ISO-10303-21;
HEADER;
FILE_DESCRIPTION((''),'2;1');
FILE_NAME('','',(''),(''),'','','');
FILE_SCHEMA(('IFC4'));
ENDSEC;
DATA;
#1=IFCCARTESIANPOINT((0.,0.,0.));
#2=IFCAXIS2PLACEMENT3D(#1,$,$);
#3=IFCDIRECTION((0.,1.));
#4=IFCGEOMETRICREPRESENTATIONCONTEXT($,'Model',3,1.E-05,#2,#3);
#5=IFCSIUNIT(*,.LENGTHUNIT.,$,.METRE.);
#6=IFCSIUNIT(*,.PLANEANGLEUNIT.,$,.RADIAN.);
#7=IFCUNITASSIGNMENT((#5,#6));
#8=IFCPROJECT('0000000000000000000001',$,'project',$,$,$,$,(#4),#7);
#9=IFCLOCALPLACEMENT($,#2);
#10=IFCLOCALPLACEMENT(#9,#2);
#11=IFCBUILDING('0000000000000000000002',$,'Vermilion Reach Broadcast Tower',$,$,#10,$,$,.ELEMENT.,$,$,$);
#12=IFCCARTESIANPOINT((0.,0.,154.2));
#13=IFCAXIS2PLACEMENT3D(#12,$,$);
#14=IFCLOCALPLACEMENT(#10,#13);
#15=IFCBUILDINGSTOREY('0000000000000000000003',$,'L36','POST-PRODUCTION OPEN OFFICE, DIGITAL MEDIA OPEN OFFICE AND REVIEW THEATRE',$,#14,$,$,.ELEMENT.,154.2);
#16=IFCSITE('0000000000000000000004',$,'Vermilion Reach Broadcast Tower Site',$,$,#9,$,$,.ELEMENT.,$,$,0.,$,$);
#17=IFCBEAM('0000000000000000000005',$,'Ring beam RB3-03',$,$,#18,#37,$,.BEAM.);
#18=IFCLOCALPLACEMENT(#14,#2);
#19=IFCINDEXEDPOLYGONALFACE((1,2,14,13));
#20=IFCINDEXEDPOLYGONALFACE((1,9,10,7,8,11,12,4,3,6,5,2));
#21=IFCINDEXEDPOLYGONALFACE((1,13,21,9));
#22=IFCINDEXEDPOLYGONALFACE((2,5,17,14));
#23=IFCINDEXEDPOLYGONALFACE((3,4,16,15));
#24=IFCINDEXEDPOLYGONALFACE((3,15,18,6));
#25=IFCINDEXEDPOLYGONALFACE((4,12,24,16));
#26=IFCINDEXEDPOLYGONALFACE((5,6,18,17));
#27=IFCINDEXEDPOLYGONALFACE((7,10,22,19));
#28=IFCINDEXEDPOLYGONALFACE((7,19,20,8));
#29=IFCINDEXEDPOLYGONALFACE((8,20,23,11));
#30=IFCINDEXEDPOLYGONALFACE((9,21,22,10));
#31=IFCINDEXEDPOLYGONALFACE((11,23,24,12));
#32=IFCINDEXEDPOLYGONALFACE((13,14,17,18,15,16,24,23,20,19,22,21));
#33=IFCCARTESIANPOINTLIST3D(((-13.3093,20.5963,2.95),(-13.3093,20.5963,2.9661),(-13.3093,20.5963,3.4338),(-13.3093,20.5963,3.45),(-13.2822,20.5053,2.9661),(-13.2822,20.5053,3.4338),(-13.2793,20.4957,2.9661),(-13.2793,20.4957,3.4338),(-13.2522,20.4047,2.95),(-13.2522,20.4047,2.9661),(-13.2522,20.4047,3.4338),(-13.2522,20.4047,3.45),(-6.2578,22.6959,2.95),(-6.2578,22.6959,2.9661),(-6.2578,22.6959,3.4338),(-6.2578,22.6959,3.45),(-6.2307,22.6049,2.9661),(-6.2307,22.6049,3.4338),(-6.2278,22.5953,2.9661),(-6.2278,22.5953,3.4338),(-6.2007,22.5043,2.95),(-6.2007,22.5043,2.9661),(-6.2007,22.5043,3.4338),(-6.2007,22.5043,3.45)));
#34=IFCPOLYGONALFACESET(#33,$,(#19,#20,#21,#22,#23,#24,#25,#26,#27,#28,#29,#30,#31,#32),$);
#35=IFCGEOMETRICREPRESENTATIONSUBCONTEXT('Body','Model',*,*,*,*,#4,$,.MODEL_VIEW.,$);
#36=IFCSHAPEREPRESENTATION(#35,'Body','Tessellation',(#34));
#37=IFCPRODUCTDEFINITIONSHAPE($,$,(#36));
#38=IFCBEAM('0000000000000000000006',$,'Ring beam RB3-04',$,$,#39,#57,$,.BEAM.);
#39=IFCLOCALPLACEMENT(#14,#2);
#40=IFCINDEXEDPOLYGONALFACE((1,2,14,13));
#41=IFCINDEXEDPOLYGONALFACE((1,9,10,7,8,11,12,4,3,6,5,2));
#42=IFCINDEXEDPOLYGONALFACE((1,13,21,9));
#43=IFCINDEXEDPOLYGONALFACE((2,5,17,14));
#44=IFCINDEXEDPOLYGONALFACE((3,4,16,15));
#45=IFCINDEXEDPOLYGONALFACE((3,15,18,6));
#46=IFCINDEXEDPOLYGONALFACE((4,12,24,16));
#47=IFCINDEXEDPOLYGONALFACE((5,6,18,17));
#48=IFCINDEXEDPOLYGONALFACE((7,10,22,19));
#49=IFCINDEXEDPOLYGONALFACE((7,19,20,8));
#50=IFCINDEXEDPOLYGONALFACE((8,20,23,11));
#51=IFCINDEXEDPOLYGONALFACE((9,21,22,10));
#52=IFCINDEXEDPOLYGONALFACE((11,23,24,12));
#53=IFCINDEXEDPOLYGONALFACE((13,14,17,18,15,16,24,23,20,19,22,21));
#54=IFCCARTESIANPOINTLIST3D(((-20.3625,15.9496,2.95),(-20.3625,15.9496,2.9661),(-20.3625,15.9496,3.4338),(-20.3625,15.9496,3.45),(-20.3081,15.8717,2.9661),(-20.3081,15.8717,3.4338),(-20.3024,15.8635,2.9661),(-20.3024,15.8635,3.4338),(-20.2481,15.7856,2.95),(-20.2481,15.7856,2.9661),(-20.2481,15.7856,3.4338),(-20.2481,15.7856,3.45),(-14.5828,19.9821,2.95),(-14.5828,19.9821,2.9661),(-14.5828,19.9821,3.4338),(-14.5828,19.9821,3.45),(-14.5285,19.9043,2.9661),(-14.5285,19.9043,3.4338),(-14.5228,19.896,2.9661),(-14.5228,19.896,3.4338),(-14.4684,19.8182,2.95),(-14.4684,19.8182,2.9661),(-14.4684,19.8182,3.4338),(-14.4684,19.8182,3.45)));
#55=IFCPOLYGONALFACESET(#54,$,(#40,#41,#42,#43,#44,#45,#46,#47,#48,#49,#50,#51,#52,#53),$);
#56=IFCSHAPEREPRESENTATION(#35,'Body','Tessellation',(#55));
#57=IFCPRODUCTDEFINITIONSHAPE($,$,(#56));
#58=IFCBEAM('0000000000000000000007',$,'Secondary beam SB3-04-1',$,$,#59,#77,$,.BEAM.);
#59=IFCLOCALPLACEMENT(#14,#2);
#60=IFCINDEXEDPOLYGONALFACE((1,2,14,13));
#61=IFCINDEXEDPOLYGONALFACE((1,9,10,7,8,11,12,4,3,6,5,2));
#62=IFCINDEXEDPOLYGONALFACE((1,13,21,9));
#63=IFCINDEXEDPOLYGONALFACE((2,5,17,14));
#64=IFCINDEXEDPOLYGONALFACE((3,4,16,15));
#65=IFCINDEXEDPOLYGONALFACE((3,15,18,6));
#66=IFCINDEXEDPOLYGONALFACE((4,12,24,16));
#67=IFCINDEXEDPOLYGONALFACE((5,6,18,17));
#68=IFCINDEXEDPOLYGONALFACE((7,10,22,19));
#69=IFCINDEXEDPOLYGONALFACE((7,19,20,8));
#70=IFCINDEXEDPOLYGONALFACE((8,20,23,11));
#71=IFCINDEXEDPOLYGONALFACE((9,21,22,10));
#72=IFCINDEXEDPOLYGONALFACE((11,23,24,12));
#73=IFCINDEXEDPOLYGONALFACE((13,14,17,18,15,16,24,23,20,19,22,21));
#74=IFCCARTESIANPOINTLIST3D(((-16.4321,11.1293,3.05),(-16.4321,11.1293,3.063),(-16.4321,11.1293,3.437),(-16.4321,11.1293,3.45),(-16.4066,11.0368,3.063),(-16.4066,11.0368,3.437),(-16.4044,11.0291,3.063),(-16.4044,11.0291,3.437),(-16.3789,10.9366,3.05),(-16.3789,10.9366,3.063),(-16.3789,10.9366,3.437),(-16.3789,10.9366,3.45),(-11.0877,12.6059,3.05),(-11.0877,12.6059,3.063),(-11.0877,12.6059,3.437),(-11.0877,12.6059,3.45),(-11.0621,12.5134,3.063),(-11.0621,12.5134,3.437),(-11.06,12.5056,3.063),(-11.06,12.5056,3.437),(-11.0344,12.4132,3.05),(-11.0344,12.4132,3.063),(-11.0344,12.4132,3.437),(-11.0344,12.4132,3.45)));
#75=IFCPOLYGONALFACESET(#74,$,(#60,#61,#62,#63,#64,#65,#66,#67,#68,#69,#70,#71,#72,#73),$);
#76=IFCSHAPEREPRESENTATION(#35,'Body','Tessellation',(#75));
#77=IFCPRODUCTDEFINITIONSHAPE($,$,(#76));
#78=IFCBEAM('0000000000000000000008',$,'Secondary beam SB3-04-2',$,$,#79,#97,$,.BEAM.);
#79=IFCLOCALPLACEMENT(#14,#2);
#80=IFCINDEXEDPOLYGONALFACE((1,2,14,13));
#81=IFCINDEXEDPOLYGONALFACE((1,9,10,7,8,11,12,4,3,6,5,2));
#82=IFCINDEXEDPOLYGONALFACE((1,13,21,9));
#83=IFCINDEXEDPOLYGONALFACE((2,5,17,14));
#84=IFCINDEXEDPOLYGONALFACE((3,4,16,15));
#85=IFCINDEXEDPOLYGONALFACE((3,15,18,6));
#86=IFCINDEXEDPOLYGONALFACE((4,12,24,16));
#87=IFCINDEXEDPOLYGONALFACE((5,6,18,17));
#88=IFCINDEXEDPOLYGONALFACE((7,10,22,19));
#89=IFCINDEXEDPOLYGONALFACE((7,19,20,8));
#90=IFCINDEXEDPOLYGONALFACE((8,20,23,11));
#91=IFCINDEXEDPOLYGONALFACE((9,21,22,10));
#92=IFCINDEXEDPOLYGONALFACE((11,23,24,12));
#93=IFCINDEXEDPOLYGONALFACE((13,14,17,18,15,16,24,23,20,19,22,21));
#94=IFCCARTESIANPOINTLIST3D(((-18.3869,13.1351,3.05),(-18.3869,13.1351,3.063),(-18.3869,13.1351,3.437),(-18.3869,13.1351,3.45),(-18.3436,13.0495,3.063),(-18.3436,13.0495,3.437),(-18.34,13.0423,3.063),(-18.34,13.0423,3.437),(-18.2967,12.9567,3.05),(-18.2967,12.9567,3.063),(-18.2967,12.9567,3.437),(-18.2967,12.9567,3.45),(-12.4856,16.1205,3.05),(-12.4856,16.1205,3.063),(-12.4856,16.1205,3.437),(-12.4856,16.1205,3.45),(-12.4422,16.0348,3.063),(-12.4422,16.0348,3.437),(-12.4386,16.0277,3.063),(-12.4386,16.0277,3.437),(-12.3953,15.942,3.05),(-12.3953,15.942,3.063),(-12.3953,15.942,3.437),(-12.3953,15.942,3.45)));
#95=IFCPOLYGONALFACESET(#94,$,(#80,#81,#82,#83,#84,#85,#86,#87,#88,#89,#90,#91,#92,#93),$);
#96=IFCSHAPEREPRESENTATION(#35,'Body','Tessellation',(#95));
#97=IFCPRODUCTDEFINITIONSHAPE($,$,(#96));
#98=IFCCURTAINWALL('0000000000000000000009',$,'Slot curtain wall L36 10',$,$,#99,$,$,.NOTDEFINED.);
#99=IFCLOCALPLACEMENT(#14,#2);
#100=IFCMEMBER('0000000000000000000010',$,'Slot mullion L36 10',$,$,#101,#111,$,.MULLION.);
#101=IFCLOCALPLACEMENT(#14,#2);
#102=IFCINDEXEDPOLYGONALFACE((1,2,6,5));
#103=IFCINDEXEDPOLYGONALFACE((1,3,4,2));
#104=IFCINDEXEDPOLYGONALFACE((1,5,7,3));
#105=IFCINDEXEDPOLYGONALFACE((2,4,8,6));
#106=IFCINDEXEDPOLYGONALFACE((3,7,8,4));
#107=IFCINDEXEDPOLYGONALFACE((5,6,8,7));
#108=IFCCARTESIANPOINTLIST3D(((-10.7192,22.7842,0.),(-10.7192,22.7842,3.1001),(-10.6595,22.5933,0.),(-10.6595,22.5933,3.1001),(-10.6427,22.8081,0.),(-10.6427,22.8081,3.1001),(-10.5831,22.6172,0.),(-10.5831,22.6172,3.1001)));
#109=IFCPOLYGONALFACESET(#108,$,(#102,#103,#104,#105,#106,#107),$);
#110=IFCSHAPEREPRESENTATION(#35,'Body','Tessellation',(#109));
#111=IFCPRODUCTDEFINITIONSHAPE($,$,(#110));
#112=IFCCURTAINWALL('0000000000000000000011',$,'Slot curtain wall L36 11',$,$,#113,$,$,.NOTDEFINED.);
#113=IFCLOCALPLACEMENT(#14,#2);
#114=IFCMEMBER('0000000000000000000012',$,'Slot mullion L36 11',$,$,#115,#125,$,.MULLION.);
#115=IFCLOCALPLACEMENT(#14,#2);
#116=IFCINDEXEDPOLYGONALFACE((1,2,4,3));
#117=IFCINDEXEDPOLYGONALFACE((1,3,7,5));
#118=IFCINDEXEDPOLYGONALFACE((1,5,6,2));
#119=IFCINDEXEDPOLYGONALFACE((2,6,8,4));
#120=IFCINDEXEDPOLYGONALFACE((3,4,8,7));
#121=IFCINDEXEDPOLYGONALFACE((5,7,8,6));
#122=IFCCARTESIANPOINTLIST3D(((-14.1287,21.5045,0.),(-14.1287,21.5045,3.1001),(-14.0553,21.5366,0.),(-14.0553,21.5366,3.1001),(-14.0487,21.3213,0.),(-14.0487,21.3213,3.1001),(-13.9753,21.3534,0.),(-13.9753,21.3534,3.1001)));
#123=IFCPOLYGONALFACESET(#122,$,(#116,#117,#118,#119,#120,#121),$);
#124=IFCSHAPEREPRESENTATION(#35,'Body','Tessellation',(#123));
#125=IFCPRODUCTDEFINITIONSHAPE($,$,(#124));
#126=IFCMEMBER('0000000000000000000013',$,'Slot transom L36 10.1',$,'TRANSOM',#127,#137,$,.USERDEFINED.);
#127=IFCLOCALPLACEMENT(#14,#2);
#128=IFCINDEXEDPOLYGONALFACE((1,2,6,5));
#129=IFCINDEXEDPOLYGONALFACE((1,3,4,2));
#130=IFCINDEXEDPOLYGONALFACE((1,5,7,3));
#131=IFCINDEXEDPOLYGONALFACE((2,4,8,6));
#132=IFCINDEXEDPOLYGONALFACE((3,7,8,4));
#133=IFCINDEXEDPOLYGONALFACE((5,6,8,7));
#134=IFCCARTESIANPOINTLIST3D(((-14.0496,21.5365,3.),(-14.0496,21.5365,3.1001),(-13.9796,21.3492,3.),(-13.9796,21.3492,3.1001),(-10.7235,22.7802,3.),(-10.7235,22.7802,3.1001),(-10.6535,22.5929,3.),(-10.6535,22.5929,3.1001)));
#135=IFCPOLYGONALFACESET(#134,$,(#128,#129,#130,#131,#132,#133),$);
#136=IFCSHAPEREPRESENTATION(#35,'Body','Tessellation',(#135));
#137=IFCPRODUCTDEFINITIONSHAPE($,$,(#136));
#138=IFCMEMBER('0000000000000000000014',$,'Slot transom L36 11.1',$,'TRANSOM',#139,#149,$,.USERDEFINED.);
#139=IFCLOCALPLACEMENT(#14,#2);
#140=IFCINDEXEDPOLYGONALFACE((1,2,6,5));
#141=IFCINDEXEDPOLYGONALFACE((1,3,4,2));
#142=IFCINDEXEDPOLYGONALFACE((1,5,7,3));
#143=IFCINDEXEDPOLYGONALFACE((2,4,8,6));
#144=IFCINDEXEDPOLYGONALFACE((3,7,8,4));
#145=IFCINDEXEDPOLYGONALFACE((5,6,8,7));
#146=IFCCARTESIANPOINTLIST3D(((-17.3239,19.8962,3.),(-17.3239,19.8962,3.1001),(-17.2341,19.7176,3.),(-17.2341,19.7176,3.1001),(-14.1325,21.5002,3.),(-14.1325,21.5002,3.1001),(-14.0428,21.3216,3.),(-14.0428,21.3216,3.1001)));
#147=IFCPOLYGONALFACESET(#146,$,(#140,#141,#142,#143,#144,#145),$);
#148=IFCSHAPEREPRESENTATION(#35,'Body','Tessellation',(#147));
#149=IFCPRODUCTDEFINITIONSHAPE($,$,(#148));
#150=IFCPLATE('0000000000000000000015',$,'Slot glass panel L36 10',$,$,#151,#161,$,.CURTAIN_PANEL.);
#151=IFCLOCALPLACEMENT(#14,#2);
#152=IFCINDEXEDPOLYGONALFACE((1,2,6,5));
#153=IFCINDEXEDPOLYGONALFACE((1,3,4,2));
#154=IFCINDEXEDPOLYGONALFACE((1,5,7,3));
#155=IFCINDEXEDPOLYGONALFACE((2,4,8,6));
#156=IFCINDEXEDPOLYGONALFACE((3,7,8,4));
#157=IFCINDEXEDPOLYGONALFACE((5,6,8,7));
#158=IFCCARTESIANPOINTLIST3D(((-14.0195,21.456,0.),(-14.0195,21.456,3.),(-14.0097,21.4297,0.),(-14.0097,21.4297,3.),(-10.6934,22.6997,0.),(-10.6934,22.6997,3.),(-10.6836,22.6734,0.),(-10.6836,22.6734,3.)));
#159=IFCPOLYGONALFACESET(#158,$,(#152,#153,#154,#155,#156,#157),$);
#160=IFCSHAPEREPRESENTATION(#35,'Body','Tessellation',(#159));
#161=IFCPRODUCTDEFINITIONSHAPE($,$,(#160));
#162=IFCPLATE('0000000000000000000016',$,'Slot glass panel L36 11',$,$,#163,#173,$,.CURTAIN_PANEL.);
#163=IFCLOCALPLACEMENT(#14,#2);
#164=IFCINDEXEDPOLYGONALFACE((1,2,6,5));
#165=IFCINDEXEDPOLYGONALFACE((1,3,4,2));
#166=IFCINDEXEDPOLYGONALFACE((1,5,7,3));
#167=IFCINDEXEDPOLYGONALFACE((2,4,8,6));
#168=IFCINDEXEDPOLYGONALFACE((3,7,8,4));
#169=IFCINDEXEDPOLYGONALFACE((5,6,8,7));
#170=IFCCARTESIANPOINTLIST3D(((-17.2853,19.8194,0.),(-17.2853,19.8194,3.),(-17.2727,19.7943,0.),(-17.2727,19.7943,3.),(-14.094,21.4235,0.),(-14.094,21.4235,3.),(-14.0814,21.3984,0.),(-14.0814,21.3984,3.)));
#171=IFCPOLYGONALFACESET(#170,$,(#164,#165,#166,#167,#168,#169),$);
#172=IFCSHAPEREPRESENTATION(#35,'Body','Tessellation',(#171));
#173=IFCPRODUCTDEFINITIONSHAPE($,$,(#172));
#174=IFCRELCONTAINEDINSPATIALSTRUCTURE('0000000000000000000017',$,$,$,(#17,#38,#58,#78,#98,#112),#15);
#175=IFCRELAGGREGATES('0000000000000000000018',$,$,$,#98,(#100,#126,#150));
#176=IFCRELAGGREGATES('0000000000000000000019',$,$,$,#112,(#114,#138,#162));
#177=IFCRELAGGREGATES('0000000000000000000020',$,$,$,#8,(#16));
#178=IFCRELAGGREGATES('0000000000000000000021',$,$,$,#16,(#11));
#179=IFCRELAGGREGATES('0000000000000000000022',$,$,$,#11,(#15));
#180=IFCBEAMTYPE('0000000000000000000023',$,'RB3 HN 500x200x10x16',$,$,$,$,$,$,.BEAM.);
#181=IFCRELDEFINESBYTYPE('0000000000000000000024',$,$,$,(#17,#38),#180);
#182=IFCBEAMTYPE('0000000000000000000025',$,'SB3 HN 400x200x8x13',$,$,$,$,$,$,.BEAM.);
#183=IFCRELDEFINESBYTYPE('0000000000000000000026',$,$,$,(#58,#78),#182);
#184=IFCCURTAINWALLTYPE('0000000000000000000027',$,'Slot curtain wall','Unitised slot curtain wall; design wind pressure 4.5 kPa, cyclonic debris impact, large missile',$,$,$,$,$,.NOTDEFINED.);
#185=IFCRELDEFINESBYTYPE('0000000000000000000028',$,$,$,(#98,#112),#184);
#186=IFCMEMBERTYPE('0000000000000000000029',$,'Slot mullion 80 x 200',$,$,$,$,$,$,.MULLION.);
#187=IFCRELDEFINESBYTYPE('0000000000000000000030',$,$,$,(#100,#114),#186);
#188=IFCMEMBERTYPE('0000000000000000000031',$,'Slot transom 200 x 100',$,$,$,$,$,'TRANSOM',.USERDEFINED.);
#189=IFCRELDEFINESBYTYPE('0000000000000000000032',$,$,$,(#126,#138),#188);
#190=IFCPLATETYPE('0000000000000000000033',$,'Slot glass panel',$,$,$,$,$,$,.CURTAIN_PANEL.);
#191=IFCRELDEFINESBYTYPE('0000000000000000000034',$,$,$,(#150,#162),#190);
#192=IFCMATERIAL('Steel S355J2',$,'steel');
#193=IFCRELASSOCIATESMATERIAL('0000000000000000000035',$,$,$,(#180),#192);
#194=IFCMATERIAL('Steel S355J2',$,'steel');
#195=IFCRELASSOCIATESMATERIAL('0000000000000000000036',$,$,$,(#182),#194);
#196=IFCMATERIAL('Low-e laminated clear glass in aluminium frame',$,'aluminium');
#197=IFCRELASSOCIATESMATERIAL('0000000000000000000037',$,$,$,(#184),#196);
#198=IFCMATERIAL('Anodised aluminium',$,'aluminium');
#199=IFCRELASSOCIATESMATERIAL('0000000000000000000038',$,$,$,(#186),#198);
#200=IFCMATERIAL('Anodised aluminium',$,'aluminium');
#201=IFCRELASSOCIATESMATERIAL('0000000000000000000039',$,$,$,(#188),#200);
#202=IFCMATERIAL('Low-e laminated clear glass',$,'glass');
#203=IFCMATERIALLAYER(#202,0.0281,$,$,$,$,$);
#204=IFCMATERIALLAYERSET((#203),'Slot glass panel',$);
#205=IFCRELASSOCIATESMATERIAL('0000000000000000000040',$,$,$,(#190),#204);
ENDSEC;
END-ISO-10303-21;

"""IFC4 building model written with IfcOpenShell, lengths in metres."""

from ifc_helpers import new_model, si_unit, direction, frame, origin, origin_2d, place, context, subcontext, project, spatial, rectangle, i_section, extrude, material, layer, layer_set, material_profile, profile_set, type_object, element, aggregate, save


model = new_model("IFC4")

# Units and contexts
model_context = context("Model", 3, precision=1e-05, world=origin(), true_north=direction((0.0, 1.0)))
body_context = subcontext(model_context, "Body", "Model", "MODEL_VIEW")
ifc_project = project(units=[si_unit("LENGTHUNIT", "METRE"), si_unit("PLANEANGLEUNIT", "RADIAN")], contexts=[model_context])

# Site, building, storey
site_placement = place(None, origin())
site = spatial("IfcSite", under=ifc_project, at=site_placement, Name="Vermilion Reach Broadcast Tower Site", CompositionType="ELEMENT", RefElevation=0.0)
building_placement = place(site_placement, origin())
building = spatial("IfcBuilding", under=site, at=building_placement, Name="Vermilion Reach Broadcast Tower", CompositionType="ELEMENT")
storey_placement = place(building_placement, frame((0.0, 0.0, 154.2)))
storey = spatial("IfcBuildingStorey", under=building, at=storey_placement, Name="L36", Description="POST-PRODUCTION OPEN OFFICE, DIGITAL MEDIA OPEN OFFICE AND REVIEW THEATRE", CompositionType="ELEMENT", Elevation=154.2)

# Beams
ifc_material_1 = material(Name="Steel S355J2", Category="steel")
ifc_material_profile_1 = material_profile(ifc_material_1, i_section(OverallWidth=0.2, OverallDepth=0.5, WebThickness=0.01, FlangeThickness=0.0161, at=origin_2d()), Name="S355J2 HN 500x200x10x16")
ifc_profile_set_1 = profile_set([ifc_material_profile_1], Name="Steel S355J2")
beam_type_1 = type_object("IfcBeamType", Name="RB3 HN 500x200x10x16", PredefinedType="BEAM", material=ifc_profile_set_1)
beam_1_placement = place(storey_placement, frame((-6.2292, 22.6001, 3.2), z_axis=(-0.958417, -0.285372, 0.0), x_axis=(0.285372, -0.958417, 0.0)))
element("IfcBeam", 1, at=beam_1_placement, inside=storey, type_object=beam_type_1, Name="Ring beam RB3-03", PredefinedType="BEAM", context=body_context, shape_type="SweptSolid", body=[
    extrude(i_section(OverallWidth=0.2, OverallDepth=0.5, WebThickness=0.01, FlangeThickness=0.0161, at=origin_2d()), origin(), (0.0, 0.0, 1.0), 7.3574),
])
beam_2_placement = place(storey_placement, frame((-14.5256, 19.9001, 3.2), z_axis=(-0.820111, -0.572204, 0.0), x_axis=(0.572204, -0.820111, 0.0)))
element("IfcBeam", 2, at=beam_2_placement, inside=storey, type_object=beam_type_1, Name="Ring beam RB3-04", PredefinedType="BEAM", context=body_context, shape_type="SweptSolid", body=[
    extrude(i_section(OverallWidth=0.2, OverallDepth=0.5, WebThickness=0.01, FlangeThickness=0.0161, at=origin_2d()), origin(), (0.0, 0.0, 1.0), 7.0474),
])
ifc_material_2 = material(Name="Steel S355J2", Category="steel")
ifc_material_profile_2 = material_profile(ifc_material_2, i_section(OverallWidth=0.2, OverallDepth=0.3999, WebThickness=0.0081, FlangeThickness=0.0129, at=origin_2d()), Name="S355J2 HN 400x200x8x13")
ifc_profile_set_2 = profile_set([ifc_material_profile_2], Name="Steel S355J2")
beam_type_2 = type_object("IfcBeamType", Name="SB3 HN 400x200x8x13", PredefinedType="BEAM", material=ifc_profile_set_2)
beam_3_placement = place(storey_placement, frame((-11.061, 12.5095, 3.25), z_axis=(-0.96389, -0.266301, 0.0), x_axis=(0.266301, -0.96389, 0.0)))
element("IfcBeam", 3, at=beam_3_placement, inside=storey, type_object=beam_type_2, Name="Secondary beam SB3-04-1", PredefinedType="BEAM", context=body_context, shape_type="SweptSolid", body=[
    extrude(i_section(OverallWidth=0.2, OverallDepth=0.3999, WebThickness=0.0081, FlangeThickness=0.0129, at=origin_2d()), origin(), (0.0, 0.0, 1.0), 5.5447),
])
beam_4_placement = place(storey_placement, frame((-12.4404, 16.0312, 3.25), z_axis=(-0.892321, -0.451402, 0.0), x_axis=(0.451402, -0.892321, 0.0)))
element("IfcBeam", 4, at=beam_4_placement, inside=storey, type_object=beam_type_2, Name="Secondary beam SB3-04-2", PredefinedType="BEAM", context=body_context, shape_type="SweptSolid", body=[
    extrude(i_section(OverallWidth=0.2, OverallDepth=0.3999, WebThickness=0.0081, FlangeThickness=0.0129, at=origin_2d()), origin(), (0.0, 0.0, 1.0), 6.6135),
])

# Curtain walls, members
ifc_material_3 = material(Name="Low-e laminated clear glass in aluminium frame", Category="aluminium")
curtain_wall_type = type_object("IfcCurtainWallType", Name="Slot curtain wall", Description="Unitised slot curtain wall; design wind pressure 4.5 kPa, cyclonic debris impact, large missile", PredefinedType="NOTDEFINED", material=ifc_material_3)
placement = place(storey_placement, origin())
curtain_wall_1 = element("IfcCurtainWall", 5, at=placement, inside=storey, type_object=curtain_wall_type, Name="Slot curtain wall L36 10", PredefinedType="NOTDEFINED")
ifc_material_4 = material(Name="Anodised aluminium", Category="aluminium")
ifc_material_profile_3 = material_profile(ifc_material_4, rectangle(XDim=0.2, YDim=0.0801, at=origin_2d()), Name="Slot mullion 80 x 200")
ifc_profile_set_3 = profile_set([ifc_material_profile_3], Name="Anodised aluminium")
member_type_1 = type_object("IfcMemberType", Name="Slot mullion 80 x 200", PredefinedType="MULLION", material=ifc_profile_set_3)
member_1_placement = place(storey_placement, frame((-10.6511, 22.7007, 0.0), z_axis=(0.0, 0.0, 1.0), x_axis=(0.298358, -0.954454, 0.0)))
member_1 = element("IfcMember", 6, at=member_1_placement, type_object=member_type_1, Name="Slot mullion L36 10", PredefinedType="MULLION", context=body_context, shape_type="SweptSolid", body=[
    extrude(rectangle(XDim=0.2, YDim=0.0801, at=origin_2d()), origin(), (0.0, 0.0, 1.0), 3.1001),
])
curtain_wall_2 = element("IfcCurtainWall", 7, at=placement, inside=storey, type_object=curtain_wall_type, Name="Slot curtain wall L36 11", PredefinedType="NOTDEFINED")
member_2_placement = place(storey_placement, frame((-14.052, 21.429, 0.0), z_axis=(0.0, 0.0, 1.0), x_axis=(0.400254, -0.916404, 0.0)))
member_2 = element("IfcMember", 8, at=member_2_placement, type_object=member_type_1, Name="Slot mullion L36 11", PredefinedType="MULLION", context=body_context, shape_type="SweptSolid", body=[
    extrude(rectangle(XDim=0.2, YDim=0.0801, at=origin_2d()), origin(), (0.0, 0.0, 1.0), 3.1001),
])

# Members
ifc_material_5 = material(Name="Anodised aluminium", Category="aluminium")
ifc_material_profile_4 = material_profile(ifc_material_5, rectangle(XDim=0.2, YDim=0.1001, at=origin_2d()), Name="Slot transom 200 x 100")
ifc_profile_set_4 = profile_set([ifc_material_profile_4], Name="Anodised aluminium")
member_type_2 = type_object("IfcMemberType", Name="Slot transom 200 x 100", ElementType="TRANSOM", PredefinedType="USERDEFINED", material=ifc_profile_set_4)
member_3_placement = place(storey_placement, frame((-10.6885, 22.6865, 3.05), z_axis=(-0.936668, -0.350219, 0.0), x_axis=(0.350219, -0.936668, 0.0)))
member_3 = element("IfcMember", 9, at=member_3_placement, type_object=member_type_2, Name="Slot transom L36 10.1", ObjectType="TRANSOM", PredefinedType="USERDEFINED", context=body_context, shape_type="SweptSolid", body=[
    extrude(rectangle(XDim=0.2, YDim=0.1001, at=origin_2d()), origin(), (0.0, 0.0, 1.0), 3.551),
])
member_4_placement = place(storey_placement, frame((-14.0876, 21.4109, 3.05), z_axis=(-0.893496, -0.449072, 0.0), x_axis=(0.449072, -0.893496, 0.0)))
member_4 = element("IfcMember", 10, at=member_4_placement, type_object=member_type_2, Name="Slot transom L36 11.1", ObjectType="TRANSOM", PredefinedType="USERDEFINED", context=body_context, shape_type="SweptSolid", body=[
    extrude(rectangle(XDim=0.2, YDim=0.1001, at=origin_2d()), origin(), (0.0, 0.0, 1.0), 3.5718),
])

# Plates
ifc_material_6 = material(Name="Low-e laminated clear glass", Category="glass")
ifc_layer_1 = layer(ifc_material_6, 0.0281)
ifc_layer_set_1 = layer_set([ifc_layer_1], Name="Slot glass panel")
plate_type = type_object("IfcPlateType", Name="Slot glass panel", PredefinedType="CURTAIN_PANEL", material=ifc_layer_set_1)
plate_1_placement = place(storey_placement, frame((-12.3516, 22.0647, 0.0), z_axis=(0.0, 0.0, 1.0), x_axis=(-0.936657, -0.350248, 0.0)))
plate_1 = element("IfcPlate", 11, at=plate_1_placement, type_object=plate_type, Name="Slot glass panel L36 10", PredefinedType="CURTAIN_PANEL", context=body_context, shape_type="SweptSolid", body=[
    extrude(rectangle(XDim=3.551, YDim=0.0281, at=origin_2d()), origin(), (0.0, 0.0, 1.0), 3.0),
])
aggregate(curtain_wall_1, [member_1, member_3, plate_1])
plate_2_placement = place(storey_placement, frame((-15.6833, 20.6089, 0.0), z_axis=(0.0, 0.0, 1.0), x_axis=(-0.893484, -0.449096, 0.0)))
plate_2 = element("IfcPlate", 12, at=plate_2_placement, type_object=plate_type, Name="Slot glass panel L36 11", PredefinedType="CURTAIN_PANEL", context=body_context, shape_type="SweptSolid", body=[
    extrude(rectangle(XDim=3.5718, YDim=0.0281, at=origin_2d()), origin(), (0.0, 0.0, 1.0), 3.0),
])
aggregate(curtain_wall_2, [member_2, member_4, plate_2])

save(model, "model.ifc")
